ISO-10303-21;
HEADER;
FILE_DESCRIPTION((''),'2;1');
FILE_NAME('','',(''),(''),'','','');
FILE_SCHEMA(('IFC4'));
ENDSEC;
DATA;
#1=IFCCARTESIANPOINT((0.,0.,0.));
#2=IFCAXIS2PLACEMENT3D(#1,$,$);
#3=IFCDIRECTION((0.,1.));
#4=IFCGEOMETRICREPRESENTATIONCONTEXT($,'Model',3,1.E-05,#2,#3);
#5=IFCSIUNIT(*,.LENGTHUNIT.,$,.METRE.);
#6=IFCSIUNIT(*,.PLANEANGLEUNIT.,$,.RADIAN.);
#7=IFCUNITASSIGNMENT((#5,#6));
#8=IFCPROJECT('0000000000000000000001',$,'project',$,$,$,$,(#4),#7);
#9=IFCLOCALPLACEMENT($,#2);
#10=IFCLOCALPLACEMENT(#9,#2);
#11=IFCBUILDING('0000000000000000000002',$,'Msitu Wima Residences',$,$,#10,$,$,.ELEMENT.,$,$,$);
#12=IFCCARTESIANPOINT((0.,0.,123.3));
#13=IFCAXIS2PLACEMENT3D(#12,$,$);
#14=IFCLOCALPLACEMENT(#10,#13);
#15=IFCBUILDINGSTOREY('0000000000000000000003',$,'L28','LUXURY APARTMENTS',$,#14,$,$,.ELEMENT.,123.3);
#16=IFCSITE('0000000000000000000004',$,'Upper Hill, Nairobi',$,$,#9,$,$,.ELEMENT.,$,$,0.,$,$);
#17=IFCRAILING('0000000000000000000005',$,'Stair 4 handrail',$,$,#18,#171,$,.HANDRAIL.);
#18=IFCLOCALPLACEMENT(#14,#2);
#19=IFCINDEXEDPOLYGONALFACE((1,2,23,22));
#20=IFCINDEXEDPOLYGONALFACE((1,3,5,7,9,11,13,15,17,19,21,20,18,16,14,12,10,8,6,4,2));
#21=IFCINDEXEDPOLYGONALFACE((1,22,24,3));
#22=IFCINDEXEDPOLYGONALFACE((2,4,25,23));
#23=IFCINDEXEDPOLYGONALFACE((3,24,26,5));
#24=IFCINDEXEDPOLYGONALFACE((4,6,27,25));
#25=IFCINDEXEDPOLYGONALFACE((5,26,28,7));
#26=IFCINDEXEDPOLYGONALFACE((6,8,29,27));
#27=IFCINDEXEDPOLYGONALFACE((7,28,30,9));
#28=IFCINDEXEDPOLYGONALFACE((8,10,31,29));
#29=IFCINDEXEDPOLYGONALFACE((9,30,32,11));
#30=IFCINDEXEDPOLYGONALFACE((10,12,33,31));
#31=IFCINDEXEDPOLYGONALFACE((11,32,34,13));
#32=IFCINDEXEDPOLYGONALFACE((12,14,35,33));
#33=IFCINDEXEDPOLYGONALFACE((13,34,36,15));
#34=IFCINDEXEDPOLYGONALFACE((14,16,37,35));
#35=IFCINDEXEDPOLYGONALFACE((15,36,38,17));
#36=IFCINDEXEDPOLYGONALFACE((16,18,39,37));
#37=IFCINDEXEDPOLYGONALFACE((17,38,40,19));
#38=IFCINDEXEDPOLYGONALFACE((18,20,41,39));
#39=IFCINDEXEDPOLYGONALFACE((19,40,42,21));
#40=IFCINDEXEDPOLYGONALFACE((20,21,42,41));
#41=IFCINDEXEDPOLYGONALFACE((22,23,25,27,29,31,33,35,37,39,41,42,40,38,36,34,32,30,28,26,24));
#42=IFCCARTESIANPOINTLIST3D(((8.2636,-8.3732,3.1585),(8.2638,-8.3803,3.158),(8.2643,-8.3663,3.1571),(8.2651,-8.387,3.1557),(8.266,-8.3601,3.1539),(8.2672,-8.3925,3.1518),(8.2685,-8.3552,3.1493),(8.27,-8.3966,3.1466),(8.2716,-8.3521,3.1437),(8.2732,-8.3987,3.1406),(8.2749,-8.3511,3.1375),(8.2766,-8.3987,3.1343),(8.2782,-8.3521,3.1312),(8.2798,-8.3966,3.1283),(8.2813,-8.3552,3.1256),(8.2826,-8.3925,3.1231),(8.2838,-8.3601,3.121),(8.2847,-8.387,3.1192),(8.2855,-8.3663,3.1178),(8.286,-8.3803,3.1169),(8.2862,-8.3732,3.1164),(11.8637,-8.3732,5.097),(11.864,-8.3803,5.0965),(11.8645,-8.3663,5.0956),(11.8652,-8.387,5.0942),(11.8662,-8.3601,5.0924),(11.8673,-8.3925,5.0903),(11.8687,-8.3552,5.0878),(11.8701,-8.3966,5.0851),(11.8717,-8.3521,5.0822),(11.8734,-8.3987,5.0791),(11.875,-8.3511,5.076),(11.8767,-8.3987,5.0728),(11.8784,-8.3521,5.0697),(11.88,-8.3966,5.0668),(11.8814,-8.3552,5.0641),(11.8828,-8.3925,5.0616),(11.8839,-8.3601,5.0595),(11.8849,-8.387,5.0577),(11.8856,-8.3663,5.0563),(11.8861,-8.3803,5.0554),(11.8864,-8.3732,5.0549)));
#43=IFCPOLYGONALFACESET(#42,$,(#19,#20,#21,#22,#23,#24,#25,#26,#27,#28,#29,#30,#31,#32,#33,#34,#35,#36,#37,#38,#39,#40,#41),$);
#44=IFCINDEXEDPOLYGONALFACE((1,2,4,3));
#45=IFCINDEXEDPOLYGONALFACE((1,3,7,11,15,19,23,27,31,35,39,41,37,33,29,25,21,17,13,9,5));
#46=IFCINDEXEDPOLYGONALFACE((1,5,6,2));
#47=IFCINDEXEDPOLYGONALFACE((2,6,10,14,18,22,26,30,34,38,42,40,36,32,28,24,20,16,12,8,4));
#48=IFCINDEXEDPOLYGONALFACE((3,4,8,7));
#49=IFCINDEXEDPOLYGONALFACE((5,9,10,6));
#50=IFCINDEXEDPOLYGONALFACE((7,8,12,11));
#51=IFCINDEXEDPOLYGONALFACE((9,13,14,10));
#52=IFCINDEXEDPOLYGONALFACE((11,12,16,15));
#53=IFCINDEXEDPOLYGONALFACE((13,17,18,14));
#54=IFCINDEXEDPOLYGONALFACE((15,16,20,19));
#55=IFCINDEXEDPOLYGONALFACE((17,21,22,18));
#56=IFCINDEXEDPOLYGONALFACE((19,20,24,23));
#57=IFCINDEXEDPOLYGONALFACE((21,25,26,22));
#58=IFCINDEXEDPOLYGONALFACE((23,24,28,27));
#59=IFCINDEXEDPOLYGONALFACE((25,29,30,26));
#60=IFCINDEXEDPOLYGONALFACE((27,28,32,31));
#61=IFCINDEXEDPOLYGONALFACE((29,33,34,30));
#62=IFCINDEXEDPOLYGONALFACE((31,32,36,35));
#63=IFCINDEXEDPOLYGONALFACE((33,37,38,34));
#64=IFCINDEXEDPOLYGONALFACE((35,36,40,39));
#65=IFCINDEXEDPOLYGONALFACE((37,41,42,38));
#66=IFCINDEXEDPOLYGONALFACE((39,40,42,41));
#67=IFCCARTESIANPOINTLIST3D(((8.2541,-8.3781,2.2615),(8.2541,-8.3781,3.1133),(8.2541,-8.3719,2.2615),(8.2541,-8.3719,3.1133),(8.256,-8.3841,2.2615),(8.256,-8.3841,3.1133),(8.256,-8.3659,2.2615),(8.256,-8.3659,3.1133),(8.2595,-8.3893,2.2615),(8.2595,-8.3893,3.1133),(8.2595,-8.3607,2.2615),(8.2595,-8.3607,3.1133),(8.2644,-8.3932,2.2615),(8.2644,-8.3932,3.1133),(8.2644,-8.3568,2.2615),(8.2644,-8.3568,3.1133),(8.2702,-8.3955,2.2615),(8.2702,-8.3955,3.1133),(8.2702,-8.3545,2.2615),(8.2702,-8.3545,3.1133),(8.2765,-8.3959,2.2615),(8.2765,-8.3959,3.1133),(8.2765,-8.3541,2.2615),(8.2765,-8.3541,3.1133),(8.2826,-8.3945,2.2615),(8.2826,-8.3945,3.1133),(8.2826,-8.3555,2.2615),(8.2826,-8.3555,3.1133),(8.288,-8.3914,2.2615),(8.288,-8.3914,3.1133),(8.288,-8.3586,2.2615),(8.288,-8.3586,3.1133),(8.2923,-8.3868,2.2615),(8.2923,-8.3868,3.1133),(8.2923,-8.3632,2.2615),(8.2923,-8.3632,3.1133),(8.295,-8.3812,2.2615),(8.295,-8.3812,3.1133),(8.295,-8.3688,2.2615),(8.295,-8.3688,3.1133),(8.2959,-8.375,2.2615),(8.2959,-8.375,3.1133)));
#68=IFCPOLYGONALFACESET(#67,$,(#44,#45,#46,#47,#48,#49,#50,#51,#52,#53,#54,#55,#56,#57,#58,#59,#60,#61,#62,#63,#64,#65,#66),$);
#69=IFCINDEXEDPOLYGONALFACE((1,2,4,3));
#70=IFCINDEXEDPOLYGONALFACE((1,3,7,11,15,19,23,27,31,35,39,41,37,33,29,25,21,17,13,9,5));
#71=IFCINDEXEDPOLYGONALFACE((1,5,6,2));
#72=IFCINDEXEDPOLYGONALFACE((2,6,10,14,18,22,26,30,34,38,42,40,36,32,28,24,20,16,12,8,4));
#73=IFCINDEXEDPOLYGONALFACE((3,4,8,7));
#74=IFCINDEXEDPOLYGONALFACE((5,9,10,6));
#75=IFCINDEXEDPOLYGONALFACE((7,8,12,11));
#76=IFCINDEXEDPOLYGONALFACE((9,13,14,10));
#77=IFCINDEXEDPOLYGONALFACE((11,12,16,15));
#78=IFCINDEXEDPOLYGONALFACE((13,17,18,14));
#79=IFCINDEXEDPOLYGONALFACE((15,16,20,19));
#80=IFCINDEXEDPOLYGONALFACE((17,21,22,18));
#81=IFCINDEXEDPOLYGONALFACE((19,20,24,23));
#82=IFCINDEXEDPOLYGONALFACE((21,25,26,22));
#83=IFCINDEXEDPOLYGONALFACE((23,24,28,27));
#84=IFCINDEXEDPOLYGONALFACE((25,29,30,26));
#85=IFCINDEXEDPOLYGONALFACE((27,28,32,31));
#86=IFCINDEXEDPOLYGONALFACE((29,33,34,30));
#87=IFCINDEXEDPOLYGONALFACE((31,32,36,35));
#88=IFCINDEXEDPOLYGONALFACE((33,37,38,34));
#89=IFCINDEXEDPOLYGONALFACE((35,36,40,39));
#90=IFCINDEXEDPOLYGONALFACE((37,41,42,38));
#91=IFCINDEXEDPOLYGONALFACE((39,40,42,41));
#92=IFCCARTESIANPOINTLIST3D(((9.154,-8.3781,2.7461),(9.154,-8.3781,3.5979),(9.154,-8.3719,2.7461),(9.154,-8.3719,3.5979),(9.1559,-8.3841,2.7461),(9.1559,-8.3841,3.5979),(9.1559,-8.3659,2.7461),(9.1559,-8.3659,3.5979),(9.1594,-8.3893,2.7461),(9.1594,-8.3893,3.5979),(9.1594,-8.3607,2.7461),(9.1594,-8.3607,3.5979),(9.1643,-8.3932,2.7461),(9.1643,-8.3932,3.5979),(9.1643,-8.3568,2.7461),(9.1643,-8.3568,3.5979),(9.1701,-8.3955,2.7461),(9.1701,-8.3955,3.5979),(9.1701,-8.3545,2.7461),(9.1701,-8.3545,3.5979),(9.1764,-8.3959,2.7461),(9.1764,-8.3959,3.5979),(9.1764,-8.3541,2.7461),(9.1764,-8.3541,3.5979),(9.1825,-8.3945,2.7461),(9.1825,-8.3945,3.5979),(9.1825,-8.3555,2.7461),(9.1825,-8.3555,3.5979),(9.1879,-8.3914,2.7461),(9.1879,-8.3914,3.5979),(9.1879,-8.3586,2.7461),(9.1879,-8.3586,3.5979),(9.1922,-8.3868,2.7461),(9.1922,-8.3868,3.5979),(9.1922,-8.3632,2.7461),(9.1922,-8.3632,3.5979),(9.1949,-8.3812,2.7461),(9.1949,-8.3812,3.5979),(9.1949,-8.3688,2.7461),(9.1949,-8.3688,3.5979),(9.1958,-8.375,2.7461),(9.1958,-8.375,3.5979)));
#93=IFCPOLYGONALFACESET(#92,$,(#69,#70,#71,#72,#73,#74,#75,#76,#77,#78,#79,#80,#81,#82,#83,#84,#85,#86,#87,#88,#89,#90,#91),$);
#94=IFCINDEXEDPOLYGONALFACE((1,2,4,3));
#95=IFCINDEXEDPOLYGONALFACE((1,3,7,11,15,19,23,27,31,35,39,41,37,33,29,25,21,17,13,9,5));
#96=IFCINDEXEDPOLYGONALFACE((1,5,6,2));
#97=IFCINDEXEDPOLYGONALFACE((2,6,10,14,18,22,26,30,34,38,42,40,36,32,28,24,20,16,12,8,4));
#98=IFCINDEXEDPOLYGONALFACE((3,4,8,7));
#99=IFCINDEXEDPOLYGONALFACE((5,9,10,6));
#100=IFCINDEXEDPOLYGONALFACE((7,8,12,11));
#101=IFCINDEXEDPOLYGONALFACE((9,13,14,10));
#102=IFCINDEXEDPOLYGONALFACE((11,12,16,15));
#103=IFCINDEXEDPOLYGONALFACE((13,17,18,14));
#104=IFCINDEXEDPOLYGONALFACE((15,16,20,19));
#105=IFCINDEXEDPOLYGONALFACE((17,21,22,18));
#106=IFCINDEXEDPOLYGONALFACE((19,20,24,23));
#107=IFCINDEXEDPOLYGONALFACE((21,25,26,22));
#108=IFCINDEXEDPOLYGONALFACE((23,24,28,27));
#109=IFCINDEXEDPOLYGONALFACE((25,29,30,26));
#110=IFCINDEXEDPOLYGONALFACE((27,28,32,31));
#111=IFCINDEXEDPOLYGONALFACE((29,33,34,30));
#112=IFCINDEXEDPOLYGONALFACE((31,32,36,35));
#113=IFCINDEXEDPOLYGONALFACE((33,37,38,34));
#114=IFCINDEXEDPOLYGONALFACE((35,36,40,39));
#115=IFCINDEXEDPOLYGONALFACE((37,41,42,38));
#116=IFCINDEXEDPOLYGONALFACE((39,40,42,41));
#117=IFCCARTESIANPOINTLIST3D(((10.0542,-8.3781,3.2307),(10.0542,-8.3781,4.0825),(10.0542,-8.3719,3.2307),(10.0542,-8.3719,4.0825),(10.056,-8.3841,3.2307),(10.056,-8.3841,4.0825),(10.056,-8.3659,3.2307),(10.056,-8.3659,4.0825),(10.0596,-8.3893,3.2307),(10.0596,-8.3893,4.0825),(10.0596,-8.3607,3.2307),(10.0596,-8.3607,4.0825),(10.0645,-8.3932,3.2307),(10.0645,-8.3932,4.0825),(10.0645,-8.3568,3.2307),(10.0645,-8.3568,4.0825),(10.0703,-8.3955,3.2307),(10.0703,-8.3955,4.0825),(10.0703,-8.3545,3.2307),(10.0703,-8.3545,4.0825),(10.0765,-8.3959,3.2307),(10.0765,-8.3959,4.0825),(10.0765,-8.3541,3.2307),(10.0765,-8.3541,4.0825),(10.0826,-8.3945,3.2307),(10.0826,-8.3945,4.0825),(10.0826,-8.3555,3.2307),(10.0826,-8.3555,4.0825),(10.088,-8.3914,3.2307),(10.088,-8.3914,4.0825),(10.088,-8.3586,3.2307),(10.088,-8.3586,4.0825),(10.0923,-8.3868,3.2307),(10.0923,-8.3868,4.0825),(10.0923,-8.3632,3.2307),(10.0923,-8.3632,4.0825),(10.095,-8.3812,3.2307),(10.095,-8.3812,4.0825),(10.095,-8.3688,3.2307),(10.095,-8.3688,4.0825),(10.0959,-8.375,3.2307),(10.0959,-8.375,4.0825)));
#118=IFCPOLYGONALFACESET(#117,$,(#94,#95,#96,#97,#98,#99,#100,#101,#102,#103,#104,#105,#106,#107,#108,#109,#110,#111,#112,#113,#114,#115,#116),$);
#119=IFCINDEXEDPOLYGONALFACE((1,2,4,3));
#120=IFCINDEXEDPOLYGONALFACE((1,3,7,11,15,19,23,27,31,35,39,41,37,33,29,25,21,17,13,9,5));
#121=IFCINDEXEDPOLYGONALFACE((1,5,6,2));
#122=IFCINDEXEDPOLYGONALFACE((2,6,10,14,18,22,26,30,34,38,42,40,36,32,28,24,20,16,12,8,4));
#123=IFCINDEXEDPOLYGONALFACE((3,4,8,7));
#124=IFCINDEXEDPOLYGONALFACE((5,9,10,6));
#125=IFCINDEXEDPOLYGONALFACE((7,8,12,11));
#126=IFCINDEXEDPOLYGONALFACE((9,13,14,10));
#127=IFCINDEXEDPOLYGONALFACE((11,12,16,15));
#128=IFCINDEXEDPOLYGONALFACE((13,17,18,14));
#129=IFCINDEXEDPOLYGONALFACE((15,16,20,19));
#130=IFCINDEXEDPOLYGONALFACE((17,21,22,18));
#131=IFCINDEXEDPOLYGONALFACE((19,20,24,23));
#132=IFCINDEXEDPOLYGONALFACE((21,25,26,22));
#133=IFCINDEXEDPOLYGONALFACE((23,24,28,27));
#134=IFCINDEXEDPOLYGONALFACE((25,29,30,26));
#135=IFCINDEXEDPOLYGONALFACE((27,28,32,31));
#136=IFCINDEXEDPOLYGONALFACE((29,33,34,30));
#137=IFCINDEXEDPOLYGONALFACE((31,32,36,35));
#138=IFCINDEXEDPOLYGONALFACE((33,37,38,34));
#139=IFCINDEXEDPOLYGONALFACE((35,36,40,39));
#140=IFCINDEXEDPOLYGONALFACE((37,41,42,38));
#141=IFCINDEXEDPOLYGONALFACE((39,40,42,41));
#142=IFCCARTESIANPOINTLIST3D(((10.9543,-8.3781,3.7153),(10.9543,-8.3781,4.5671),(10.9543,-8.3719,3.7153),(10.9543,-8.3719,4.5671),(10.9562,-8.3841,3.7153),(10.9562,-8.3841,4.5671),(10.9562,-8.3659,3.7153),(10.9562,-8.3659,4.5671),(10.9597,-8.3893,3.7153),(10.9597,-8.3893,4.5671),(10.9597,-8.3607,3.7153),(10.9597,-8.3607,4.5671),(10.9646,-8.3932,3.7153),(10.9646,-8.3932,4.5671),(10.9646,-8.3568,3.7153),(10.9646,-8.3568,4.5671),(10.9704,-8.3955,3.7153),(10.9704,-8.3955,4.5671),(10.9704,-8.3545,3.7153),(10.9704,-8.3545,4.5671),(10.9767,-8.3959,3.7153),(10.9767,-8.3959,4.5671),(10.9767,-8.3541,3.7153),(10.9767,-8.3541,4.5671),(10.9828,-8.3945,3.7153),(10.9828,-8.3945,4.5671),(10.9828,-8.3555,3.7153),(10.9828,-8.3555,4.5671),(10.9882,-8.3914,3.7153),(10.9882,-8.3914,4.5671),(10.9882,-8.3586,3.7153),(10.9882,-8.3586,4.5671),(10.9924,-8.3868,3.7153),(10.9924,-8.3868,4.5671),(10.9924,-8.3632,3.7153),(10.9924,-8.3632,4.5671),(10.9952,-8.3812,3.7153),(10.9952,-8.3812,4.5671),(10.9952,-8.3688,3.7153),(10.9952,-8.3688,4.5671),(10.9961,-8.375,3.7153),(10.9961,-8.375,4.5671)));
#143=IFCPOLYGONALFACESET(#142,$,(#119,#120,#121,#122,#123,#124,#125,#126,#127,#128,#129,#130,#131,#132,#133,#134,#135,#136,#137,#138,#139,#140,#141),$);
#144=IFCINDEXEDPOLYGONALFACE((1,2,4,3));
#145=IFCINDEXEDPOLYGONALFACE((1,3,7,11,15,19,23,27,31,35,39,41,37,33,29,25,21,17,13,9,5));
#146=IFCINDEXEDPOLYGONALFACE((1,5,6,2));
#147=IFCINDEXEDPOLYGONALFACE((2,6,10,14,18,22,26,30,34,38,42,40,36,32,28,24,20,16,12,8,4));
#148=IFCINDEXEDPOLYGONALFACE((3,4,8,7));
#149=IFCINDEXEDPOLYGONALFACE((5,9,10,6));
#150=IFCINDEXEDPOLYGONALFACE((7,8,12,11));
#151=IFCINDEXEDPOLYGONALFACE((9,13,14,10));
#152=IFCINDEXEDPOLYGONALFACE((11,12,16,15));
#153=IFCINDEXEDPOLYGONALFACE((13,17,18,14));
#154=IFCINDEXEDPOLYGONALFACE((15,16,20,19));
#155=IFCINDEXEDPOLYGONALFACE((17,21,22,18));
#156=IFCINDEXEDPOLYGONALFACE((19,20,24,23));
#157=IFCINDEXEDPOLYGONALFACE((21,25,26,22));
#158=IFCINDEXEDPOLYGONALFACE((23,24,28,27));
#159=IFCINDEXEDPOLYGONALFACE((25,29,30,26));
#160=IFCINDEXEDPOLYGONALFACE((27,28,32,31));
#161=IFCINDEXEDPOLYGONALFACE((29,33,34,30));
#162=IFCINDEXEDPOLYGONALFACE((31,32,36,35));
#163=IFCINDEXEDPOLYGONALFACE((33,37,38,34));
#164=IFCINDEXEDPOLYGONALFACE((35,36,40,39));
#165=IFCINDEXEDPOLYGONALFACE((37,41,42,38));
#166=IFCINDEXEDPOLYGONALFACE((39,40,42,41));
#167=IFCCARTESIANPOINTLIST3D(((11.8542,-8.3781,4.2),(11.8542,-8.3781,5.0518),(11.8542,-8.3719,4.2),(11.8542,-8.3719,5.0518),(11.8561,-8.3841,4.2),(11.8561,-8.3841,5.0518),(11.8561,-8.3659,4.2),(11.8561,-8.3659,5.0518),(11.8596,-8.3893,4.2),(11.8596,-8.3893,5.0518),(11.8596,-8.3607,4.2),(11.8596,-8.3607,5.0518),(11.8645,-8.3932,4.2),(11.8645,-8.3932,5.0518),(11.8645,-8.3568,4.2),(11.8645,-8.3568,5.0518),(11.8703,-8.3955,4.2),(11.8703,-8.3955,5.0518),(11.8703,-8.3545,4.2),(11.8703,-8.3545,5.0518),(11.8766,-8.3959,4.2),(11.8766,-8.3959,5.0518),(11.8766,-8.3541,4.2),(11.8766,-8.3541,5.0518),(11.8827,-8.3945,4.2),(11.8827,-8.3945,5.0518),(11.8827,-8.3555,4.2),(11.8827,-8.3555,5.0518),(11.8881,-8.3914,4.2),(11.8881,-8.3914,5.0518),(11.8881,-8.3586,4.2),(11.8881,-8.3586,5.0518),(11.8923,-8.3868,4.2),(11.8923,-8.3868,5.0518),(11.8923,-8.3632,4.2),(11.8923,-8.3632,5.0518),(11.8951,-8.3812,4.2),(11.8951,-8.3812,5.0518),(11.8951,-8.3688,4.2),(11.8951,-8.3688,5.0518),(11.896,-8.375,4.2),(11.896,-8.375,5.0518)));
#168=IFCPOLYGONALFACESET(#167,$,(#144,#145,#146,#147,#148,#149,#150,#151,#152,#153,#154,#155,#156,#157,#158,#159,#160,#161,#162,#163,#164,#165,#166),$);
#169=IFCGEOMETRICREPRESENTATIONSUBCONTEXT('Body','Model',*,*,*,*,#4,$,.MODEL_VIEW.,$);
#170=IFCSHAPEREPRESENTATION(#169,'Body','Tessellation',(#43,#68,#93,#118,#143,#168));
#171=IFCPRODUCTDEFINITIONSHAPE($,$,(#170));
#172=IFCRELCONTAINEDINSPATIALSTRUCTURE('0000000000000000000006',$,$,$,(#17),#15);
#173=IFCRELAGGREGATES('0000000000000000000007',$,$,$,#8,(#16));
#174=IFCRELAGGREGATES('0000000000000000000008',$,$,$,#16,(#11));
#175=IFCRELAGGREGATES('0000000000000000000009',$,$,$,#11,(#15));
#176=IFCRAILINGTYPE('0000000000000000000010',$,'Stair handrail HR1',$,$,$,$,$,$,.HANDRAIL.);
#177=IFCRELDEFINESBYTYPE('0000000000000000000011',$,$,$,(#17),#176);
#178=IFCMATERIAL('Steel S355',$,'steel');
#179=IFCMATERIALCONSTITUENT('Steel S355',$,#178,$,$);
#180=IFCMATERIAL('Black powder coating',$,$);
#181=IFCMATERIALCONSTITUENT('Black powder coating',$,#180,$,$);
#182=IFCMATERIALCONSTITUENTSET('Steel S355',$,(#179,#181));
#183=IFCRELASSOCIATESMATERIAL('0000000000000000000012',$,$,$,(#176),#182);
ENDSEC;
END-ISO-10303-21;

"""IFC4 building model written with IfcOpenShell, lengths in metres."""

from ifc_helpers import new_model, si_unit, direction, frame, origin, origin_2d, place, context, subcontext, project, spatial, circle, extrude, material, constituent, constituent_set, type_object, element, save


model = new_model("IFC4")

# Units and contexts
model_context = context("Model", 3, precision=1e-05, world=origin(), true_north=direction((0.0, 1.0)))
body_context = subcontext(model_context, "Body", "Model", "MODEL_VIEW")
ifc_project = project(units=[si_unit("LENGTHUNIT", "METRE"), si_unit("PLANEANGLEUNIT", "RADIAN")], contexts=[model_context])

# Site, building, storey
site_placement = place(None, origin())
site = spatial("IfcSite", under=ifc_project, at=site_placement, Name="Upper Hill, Nairobi", CompositionType="ELEMENT", RefElevation=0.0)
building_placement = place(site_placement, origin())
building = spatial("IfcBuilding", under=site, at=building_placement, Name="Msitu Wima Residences", CompositionType="ELEMENT")
storey_placement = place(building_placement, frame((0.0, 0.0, 123.3)))
storey = spatial("IfcBuildingStorey", under=building, at=storey_placement, Name="L28", Description="LUXURY APARTMENTS", CompositionType="ELEMENT", Elevation=123.3)

# Railing
ifc_material_1 = material(Name="Steel S355", Category="steel")
ifc_constituent_1 = constituent(ifc_material_1, Name="Steel S355")
ifc_material_2 = material(Name="Black powder coating")
ifc_constituent_2 = constituent(ifc_material_2, Name="Black powder coating")
ifc_constituent_set = constituent_set(constituents=[ifc_constituent_1, ifc_constituent_2], Name="Steel S355")
railing_type = type_object("IfcRailingType", Name="Stair handrail HR1", PredefinedType="HANDRAIL", material=ifc_constituent_set)
for number, where, name in (
    (1, (8.2749, -8.375, 2.2615), "Stair 4 handrail"),
):
    element("IfcRailing", number, at=place(storey_placement, frame(where)), inside=storey, type_object=railing_type, Name=name, PredefinedType="HANDRAIL", context=body_context, shape_type="SweptSolid", body=[
        extrude(circle(Radius=0.0239, at=origin_2d()), frame((0.0, 0.0, 0.876), z_axis=(0.880475, 0.0, 0.474093), x_axis=(0.0, 1.0, 0.0)), (0.0, 0.0, 1.0), 4.0889),
        extrude(circle(Radius=0.021, at=origin_2d()), origin(), (0.0, 0.0, 1.0), 0.8518),
        extrude(circle(Radius=0.021, at=origin_2d()), frame((0.8999, 0.0, 0.4846)), (0.0, 0.0, 1.0), 0.8518),
        extrude(circle(Radius=0.021, at=origin_2d()), frame((1.8, 0.0, 0.9692)), (0.0, 0.0, 1.0), 0.8518),
        extrude(circle(Radius=0.021, at=origin_2d()), frame((2.7002, 0.0, 1.4539)), (0.0, 0.0, 1.0), 0.8518),
        extrude(circle(Radius=0.021, at=origin_2d()), frame((3.6001, 0.0, 1.9385)), (0.0, 0.0, 1.0), 0.8518),
    ])

save(model, "model.ifc")
